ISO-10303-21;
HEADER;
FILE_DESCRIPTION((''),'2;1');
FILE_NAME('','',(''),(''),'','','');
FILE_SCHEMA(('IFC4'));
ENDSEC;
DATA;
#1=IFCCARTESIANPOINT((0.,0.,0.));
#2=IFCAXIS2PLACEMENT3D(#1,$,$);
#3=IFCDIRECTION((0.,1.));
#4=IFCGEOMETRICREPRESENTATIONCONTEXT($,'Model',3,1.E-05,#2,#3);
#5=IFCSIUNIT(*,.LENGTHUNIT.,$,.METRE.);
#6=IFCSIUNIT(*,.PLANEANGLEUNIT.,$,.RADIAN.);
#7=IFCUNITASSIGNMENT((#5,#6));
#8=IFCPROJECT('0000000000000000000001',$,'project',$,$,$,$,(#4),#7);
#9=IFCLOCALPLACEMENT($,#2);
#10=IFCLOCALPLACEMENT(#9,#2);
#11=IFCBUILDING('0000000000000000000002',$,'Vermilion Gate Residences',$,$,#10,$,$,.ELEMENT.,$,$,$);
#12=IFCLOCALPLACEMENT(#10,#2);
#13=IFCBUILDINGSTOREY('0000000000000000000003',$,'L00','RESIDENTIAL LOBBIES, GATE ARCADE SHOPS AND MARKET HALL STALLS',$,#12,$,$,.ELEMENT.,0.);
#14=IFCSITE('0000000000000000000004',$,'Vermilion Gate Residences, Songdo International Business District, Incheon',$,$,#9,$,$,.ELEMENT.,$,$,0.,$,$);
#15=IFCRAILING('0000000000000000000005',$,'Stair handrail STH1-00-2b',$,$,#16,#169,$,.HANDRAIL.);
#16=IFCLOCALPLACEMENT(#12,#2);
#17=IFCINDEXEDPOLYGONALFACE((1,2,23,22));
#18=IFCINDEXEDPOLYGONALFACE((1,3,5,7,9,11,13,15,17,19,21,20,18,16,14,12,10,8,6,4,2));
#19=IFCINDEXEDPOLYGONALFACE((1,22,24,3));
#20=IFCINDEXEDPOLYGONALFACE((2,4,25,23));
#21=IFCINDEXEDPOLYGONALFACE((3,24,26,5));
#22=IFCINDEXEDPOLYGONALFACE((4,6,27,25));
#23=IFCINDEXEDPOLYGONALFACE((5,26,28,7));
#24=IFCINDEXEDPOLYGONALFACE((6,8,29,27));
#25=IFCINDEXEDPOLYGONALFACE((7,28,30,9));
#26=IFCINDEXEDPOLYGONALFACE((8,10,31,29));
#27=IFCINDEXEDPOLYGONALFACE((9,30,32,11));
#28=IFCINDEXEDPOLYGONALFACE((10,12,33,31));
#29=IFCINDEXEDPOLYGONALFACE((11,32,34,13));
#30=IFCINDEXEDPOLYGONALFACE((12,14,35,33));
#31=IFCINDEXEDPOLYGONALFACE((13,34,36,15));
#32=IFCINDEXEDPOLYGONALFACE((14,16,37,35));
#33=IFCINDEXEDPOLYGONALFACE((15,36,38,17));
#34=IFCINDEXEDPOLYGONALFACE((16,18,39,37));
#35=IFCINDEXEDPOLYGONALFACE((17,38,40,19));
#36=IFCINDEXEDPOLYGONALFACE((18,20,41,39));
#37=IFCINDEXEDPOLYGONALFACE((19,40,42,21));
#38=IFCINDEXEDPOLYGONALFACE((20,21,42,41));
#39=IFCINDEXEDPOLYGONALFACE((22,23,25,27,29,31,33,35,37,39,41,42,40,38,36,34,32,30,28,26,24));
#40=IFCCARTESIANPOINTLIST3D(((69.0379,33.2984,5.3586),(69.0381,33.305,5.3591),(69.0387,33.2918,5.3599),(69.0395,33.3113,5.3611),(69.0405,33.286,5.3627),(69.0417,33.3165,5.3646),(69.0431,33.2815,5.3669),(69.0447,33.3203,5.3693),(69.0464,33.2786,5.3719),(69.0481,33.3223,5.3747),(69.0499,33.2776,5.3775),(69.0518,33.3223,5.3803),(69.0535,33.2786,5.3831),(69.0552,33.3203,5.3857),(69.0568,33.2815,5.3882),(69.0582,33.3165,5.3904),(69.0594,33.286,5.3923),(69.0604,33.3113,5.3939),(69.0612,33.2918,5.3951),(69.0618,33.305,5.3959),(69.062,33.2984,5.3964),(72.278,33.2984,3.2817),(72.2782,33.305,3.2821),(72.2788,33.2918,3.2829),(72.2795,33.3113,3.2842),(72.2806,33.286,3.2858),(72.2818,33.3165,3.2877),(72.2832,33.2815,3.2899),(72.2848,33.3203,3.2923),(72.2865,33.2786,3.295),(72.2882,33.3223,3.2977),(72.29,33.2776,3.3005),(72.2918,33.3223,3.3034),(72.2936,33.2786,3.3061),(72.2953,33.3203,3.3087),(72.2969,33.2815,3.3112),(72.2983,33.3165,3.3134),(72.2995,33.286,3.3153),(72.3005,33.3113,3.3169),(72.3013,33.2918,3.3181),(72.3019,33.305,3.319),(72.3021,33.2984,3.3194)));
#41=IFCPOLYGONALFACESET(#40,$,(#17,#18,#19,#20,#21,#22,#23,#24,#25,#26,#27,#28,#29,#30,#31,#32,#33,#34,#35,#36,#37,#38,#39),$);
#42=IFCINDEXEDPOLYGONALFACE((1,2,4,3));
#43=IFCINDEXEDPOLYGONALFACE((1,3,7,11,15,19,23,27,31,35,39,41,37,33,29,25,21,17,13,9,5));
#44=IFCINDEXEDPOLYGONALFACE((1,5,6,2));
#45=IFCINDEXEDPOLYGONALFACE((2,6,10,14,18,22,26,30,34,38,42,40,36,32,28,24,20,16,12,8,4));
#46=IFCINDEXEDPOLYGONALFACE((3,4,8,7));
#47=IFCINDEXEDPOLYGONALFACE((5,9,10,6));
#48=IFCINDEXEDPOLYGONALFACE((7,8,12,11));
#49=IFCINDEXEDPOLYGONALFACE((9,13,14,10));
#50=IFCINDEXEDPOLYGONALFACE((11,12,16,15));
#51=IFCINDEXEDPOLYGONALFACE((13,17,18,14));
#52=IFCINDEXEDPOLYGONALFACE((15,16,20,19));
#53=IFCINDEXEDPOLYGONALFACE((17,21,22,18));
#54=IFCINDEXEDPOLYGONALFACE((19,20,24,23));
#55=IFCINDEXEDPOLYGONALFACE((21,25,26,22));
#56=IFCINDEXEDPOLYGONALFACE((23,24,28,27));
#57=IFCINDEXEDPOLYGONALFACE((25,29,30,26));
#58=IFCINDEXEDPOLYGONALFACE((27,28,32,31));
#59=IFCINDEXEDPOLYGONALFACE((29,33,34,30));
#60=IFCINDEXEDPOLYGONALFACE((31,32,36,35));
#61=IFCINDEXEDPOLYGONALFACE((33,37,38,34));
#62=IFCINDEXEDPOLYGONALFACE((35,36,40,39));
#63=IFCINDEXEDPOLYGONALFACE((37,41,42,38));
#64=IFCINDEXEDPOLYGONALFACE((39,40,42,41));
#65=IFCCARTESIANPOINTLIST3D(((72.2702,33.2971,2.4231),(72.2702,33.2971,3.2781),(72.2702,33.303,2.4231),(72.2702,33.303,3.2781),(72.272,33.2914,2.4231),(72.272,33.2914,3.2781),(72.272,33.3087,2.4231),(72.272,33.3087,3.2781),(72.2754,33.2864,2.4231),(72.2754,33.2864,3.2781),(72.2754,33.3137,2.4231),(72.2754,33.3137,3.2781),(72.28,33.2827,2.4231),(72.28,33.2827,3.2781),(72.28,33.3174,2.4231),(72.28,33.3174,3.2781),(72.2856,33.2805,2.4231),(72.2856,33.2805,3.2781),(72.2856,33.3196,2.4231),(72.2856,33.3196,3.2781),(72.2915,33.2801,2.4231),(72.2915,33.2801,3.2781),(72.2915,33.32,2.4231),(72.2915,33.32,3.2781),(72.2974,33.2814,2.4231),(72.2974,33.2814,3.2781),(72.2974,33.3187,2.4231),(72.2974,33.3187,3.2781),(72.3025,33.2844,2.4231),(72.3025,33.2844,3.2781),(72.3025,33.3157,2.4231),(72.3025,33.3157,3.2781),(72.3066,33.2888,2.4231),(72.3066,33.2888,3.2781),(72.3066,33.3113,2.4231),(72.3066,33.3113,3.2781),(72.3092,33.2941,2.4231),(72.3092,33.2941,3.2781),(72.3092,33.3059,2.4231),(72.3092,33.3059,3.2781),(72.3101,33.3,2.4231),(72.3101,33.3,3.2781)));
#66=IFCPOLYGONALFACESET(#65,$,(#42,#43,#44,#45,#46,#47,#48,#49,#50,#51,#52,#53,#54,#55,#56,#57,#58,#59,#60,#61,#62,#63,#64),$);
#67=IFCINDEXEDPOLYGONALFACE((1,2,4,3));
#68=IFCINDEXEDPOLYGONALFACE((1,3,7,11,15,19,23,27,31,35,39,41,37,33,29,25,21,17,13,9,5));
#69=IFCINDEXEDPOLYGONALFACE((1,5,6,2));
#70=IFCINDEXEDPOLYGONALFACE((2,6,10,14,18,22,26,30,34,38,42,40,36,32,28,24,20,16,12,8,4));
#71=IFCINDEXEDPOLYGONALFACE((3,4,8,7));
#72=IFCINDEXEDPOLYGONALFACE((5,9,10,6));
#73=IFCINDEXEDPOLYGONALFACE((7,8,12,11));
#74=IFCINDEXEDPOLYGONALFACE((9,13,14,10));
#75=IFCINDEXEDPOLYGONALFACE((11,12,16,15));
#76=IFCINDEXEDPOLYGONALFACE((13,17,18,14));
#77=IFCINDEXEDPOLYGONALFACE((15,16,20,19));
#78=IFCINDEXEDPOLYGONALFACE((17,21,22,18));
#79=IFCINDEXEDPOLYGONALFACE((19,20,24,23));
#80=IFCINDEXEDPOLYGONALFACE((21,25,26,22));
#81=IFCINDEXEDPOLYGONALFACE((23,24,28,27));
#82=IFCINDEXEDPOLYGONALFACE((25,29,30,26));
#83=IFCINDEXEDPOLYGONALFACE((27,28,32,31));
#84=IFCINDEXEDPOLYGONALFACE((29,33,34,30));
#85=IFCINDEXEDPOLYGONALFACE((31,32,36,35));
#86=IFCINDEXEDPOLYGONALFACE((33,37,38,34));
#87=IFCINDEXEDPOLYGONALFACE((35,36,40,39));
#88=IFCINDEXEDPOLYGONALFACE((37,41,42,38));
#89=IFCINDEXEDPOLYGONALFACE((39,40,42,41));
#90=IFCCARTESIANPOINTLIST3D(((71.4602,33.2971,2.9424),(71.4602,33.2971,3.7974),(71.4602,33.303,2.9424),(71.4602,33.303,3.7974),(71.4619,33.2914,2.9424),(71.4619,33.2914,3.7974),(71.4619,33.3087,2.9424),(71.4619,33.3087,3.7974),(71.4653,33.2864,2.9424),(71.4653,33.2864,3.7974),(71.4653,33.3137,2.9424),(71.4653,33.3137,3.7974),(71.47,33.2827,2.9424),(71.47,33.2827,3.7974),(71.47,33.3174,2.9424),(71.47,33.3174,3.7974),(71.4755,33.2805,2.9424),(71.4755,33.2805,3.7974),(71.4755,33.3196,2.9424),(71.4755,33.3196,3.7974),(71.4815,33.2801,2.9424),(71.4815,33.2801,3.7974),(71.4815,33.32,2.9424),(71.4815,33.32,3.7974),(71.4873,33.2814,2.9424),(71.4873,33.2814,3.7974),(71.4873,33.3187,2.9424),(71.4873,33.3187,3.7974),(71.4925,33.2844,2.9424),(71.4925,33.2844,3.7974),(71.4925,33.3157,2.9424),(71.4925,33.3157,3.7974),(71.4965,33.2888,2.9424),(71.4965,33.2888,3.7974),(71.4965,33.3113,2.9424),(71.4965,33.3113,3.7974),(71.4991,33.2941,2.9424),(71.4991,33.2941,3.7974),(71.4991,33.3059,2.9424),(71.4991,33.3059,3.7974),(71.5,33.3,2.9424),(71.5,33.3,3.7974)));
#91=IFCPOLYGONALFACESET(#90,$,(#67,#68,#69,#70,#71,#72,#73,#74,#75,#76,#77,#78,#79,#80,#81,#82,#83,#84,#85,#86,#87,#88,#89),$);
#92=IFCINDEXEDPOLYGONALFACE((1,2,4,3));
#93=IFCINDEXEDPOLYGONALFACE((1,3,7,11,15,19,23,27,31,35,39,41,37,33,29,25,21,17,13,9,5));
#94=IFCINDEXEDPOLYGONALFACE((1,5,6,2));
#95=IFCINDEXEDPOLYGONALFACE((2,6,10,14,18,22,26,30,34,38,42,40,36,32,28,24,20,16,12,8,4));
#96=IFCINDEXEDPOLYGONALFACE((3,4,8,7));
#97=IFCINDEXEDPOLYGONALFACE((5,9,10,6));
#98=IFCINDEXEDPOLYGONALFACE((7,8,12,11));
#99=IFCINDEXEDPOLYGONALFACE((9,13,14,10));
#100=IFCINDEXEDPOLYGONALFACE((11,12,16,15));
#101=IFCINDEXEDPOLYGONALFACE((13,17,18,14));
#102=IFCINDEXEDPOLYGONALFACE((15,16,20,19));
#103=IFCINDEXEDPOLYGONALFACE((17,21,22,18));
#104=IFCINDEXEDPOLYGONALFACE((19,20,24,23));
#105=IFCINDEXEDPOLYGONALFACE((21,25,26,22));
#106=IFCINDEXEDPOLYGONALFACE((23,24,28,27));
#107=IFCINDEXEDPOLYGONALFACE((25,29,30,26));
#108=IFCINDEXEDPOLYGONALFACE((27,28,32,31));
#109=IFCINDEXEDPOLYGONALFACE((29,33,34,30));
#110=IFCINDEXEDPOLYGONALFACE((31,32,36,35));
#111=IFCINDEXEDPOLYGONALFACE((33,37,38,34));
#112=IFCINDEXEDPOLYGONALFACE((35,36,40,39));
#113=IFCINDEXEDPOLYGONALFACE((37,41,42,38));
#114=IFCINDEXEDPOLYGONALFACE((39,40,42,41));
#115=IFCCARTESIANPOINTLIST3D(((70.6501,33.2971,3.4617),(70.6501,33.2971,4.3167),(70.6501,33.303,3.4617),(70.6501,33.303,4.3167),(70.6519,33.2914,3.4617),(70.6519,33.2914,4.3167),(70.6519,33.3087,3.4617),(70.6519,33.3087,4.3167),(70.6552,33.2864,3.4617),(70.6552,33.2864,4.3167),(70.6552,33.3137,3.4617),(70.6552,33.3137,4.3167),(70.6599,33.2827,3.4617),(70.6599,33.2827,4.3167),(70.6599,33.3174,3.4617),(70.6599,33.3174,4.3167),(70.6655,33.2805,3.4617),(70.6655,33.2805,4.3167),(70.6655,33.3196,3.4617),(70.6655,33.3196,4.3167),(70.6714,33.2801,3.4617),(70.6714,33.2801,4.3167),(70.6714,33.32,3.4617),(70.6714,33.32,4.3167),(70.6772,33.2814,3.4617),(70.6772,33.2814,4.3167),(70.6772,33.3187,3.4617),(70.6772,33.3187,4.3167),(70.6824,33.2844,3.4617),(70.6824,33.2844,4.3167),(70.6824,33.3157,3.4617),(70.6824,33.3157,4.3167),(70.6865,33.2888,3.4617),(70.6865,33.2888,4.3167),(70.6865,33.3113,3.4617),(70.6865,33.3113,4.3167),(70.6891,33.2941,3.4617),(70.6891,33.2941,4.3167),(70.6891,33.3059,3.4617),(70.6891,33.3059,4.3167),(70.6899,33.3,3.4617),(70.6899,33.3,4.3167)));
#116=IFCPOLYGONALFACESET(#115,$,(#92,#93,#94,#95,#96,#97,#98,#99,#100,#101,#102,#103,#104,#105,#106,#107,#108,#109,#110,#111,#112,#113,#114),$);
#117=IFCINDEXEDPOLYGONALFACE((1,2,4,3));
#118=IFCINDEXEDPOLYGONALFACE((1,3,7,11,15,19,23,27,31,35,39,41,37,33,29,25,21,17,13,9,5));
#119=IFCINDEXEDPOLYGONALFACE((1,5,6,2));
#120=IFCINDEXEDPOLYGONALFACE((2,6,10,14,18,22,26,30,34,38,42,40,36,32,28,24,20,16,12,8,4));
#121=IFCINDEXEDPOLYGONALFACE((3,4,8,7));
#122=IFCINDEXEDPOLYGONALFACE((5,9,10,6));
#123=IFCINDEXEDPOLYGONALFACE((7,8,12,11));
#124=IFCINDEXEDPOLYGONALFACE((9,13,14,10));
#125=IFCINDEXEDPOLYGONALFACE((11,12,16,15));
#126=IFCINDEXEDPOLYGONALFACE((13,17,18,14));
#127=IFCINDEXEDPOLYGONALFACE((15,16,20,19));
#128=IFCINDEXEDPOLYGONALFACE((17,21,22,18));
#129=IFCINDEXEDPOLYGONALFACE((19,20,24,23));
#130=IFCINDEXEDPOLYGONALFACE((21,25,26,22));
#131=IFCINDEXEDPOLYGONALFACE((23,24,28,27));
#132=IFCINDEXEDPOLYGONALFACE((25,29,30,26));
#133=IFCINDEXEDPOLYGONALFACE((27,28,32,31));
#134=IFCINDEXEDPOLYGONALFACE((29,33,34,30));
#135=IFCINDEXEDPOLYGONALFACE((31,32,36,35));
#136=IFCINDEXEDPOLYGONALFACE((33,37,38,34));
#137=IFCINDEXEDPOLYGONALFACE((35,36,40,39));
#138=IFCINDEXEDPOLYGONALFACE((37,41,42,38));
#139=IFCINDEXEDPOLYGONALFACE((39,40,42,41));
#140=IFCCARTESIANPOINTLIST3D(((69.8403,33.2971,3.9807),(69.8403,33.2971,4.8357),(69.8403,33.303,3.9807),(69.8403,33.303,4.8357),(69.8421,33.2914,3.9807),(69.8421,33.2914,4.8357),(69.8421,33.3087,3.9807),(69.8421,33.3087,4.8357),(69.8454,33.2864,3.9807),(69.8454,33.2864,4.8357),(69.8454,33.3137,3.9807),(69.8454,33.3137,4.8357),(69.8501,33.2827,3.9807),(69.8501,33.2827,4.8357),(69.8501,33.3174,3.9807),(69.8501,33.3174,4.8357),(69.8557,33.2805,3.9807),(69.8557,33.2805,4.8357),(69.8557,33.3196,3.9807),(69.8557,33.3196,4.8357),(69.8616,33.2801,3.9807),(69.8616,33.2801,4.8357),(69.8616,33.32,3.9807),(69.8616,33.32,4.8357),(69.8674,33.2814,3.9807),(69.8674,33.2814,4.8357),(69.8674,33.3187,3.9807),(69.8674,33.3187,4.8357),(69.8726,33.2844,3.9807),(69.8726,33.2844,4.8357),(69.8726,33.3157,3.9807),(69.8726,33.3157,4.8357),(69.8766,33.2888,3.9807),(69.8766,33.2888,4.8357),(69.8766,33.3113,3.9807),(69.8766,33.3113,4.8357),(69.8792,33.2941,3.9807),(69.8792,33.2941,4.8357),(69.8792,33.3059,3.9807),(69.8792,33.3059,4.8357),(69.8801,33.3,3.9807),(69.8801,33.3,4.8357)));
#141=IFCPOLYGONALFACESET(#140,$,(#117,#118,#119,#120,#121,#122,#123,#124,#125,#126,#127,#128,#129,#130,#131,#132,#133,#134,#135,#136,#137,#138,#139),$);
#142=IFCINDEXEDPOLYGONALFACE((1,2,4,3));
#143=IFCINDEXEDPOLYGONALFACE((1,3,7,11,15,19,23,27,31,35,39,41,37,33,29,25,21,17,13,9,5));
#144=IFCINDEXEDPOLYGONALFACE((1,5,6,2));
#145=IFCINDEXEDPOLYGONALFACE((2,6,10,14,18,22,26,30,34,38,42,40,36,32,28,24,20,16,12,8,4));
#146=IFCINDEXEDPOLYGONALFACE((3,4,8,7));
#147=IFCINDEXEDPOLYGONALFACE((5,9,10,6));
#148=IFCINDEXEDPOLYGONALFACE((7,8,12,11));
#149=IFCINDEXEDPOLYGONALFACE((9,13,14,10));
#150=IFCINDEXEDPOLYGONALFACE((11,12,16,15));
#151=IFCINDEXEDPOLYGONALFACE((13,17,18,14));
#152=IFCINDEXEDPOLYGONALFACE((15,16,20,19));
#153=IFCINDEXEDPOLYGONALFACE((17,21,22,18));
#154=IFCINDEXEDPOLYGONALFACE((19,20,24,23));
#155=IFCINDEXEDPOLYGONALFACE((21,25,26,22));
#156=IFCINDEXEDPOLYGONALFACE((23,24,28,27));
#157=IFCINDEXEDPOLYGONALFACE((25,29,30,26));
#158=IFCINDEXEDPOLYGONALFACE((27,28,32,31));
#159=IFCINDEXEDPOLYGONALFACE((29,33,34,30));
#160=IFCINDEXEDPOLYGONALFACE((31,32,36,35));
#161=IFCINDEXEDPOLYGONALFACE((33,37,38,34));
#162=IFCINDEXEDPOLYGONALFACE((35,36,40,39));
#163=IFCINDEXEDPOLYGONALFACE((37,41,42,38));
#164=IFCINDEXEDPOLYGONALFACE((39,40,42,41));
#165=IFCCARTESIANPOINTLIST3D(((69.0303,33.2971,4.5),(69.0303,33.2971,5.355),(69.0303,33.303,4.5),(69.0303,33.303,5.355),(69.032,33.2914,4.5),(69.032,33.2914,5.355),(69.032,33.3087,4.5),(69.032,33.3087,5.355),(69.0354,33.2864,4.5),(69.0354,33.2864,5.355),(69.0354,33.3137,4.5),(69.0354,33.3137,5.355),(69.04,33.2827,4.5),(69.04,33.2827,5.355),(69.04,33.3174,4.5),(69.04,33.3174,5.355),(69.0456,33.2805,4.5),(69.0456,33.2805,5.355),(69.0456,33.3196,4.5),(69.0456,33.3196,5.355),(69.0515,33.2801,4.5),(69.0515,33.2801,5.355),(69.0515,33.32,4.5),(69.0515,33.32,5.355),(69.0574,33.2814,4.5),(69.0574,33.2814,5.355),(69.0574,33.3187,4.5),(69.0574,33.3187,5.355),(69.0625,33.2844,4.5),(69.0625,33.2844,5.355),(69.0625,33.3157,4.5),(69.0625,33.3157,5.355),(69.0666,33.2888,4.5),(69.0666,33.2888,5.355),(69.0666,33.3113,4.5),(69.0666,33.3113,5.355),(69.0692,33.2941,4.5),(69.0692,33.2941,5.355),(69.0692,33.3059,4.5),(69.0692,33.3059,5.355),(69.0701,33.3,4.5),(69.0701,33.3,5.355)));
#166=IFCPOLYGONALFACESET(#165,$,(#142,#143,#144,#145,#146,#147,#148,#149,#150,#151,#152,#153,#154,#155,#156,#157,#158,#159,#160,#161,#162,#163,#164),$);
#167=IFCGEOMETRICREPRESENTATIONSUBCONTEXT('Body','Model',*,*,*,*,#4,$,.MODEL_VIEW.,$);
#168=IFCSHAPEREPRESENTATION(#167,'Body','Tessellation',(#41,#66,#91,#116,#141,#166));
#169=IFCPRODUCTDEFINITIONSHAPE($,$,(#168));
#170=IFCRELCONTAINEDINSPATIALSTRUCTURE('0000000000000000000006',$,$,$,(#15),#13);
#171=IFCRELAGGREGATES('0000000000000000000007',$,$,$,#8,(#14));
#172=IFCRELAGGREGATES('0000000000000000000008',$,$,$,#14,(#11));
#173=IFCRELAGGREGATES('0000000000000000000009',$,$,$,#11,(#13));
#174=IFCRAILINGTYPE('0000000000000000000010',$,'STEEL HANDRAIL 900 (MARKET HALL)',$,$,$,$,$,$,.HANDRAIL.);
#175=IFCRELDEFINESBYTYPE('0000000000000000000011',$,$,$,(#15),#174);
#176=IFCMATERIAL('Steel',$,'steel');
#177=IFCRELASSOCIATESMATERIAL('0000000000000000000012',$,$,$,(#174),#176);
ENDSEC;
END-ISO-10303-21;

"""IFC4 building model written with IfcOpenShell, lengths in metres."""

from ifc_helpers import new_model, si_unit, direction, frame, origin, origin_2d, place, context, subcontext, project, spatial, circle, extrude, material, type_object, element, save


model = new_model("IFC4")

# Units and contexts
model_context = context("Model", 3, precision=1e-05, world=origin(), true_north=direction((0.0, 1.0)))
body_context = subcontext(model_context, "Body", "Model", "MODEL_VIEW")
ifc_project = project(units=[si_unit("LENGTHUNIT", "METRE"), si_unit("PLANEANGLEUNIT", "RADIAN")], contexts=[model_context])

# Site, building, storey
site_placement = place(None, origin())
site = spatial("IfcSite", under=ifc_project, at=site_placement, Name="Vermilion Gate Residences, Songdo International Business District, Incheon", CompositionType="ELEMENT", RefElevation=0.0)
building_placement = place(site_placement, origin())
building = spatial("IfcBuilding", under=site, at=building_placement, Name="Vermilion Gate Residences", CompositionType="ELEMENT")
storey_placement = place(building_placement, origin())
storey = spatial("IfcBuildingStorey", under=building, at=storey_placement, Name="L00", Description="RESIDENTIAL LOBBIES, GATE ARCADE SHOPS AND MARKET HALL STALLS", CompositionType="ELEMENT", Elevation=0.0)

# Railing
ifc_material_1 = material(Name="Steel", Category="steel")
railing_type = type_object("IfcRailingType", Name="STEEL HANDRAIL 900 (MARKET HALL)", PredefinedType="HANDRAIL", material=ifc_material_1)
for number, where, name in (
    (1, (72.29, 33.3, 2.4231), "Stair handrail STH1-00-2b"),
):
    element("IfcRailing", number, at=place(storey_placement, frame(where)), inside=storey, type_object=railing_type, Name=name, PredefinedType="HANDRAIL", context=body_context, shape_type="SweptSolid", body=[
        extrude(circle(Radius=0.0225, at=origin_2d()), frame((0.0, 0.0, 0.8774), z_axis=(-0.841881, 0.0, 0.539664), x_axis=(0.0, -1.0, 0.0)), (0.0, 0.0, 1.0), 3.8486),
        extrude(circle(Radius=0.02, at=origin_2d()), origin(), (0.0, 0.0, 1.0), 0.855),
        extrude(circle(Radius=0.02, at=origin_2d()), frame((-0.8101, 0.0, 0.5193)), (0.0, 0.0, 1.0), 0.855),
        extrude(circle(Radius=0.02, at=origin_2d()), frame((-1.6201, 0.0, 1.0386)), (0.0, 0.0, 1.0), 0.855),
        extrude(circle(Radius=0.02, at=origin_2d()), frame((-2.4299, 0.0, 1.5576)), (0.0, 0.0, 1.0), 0.855),
        extrude(circle(Radius=0.02, at=origin_2d()), frame((-3.24, 0.0, 2.0769)), (0.0, 0.0, 1.0), 0.855),
    ])

save(model, "model.ifc")
